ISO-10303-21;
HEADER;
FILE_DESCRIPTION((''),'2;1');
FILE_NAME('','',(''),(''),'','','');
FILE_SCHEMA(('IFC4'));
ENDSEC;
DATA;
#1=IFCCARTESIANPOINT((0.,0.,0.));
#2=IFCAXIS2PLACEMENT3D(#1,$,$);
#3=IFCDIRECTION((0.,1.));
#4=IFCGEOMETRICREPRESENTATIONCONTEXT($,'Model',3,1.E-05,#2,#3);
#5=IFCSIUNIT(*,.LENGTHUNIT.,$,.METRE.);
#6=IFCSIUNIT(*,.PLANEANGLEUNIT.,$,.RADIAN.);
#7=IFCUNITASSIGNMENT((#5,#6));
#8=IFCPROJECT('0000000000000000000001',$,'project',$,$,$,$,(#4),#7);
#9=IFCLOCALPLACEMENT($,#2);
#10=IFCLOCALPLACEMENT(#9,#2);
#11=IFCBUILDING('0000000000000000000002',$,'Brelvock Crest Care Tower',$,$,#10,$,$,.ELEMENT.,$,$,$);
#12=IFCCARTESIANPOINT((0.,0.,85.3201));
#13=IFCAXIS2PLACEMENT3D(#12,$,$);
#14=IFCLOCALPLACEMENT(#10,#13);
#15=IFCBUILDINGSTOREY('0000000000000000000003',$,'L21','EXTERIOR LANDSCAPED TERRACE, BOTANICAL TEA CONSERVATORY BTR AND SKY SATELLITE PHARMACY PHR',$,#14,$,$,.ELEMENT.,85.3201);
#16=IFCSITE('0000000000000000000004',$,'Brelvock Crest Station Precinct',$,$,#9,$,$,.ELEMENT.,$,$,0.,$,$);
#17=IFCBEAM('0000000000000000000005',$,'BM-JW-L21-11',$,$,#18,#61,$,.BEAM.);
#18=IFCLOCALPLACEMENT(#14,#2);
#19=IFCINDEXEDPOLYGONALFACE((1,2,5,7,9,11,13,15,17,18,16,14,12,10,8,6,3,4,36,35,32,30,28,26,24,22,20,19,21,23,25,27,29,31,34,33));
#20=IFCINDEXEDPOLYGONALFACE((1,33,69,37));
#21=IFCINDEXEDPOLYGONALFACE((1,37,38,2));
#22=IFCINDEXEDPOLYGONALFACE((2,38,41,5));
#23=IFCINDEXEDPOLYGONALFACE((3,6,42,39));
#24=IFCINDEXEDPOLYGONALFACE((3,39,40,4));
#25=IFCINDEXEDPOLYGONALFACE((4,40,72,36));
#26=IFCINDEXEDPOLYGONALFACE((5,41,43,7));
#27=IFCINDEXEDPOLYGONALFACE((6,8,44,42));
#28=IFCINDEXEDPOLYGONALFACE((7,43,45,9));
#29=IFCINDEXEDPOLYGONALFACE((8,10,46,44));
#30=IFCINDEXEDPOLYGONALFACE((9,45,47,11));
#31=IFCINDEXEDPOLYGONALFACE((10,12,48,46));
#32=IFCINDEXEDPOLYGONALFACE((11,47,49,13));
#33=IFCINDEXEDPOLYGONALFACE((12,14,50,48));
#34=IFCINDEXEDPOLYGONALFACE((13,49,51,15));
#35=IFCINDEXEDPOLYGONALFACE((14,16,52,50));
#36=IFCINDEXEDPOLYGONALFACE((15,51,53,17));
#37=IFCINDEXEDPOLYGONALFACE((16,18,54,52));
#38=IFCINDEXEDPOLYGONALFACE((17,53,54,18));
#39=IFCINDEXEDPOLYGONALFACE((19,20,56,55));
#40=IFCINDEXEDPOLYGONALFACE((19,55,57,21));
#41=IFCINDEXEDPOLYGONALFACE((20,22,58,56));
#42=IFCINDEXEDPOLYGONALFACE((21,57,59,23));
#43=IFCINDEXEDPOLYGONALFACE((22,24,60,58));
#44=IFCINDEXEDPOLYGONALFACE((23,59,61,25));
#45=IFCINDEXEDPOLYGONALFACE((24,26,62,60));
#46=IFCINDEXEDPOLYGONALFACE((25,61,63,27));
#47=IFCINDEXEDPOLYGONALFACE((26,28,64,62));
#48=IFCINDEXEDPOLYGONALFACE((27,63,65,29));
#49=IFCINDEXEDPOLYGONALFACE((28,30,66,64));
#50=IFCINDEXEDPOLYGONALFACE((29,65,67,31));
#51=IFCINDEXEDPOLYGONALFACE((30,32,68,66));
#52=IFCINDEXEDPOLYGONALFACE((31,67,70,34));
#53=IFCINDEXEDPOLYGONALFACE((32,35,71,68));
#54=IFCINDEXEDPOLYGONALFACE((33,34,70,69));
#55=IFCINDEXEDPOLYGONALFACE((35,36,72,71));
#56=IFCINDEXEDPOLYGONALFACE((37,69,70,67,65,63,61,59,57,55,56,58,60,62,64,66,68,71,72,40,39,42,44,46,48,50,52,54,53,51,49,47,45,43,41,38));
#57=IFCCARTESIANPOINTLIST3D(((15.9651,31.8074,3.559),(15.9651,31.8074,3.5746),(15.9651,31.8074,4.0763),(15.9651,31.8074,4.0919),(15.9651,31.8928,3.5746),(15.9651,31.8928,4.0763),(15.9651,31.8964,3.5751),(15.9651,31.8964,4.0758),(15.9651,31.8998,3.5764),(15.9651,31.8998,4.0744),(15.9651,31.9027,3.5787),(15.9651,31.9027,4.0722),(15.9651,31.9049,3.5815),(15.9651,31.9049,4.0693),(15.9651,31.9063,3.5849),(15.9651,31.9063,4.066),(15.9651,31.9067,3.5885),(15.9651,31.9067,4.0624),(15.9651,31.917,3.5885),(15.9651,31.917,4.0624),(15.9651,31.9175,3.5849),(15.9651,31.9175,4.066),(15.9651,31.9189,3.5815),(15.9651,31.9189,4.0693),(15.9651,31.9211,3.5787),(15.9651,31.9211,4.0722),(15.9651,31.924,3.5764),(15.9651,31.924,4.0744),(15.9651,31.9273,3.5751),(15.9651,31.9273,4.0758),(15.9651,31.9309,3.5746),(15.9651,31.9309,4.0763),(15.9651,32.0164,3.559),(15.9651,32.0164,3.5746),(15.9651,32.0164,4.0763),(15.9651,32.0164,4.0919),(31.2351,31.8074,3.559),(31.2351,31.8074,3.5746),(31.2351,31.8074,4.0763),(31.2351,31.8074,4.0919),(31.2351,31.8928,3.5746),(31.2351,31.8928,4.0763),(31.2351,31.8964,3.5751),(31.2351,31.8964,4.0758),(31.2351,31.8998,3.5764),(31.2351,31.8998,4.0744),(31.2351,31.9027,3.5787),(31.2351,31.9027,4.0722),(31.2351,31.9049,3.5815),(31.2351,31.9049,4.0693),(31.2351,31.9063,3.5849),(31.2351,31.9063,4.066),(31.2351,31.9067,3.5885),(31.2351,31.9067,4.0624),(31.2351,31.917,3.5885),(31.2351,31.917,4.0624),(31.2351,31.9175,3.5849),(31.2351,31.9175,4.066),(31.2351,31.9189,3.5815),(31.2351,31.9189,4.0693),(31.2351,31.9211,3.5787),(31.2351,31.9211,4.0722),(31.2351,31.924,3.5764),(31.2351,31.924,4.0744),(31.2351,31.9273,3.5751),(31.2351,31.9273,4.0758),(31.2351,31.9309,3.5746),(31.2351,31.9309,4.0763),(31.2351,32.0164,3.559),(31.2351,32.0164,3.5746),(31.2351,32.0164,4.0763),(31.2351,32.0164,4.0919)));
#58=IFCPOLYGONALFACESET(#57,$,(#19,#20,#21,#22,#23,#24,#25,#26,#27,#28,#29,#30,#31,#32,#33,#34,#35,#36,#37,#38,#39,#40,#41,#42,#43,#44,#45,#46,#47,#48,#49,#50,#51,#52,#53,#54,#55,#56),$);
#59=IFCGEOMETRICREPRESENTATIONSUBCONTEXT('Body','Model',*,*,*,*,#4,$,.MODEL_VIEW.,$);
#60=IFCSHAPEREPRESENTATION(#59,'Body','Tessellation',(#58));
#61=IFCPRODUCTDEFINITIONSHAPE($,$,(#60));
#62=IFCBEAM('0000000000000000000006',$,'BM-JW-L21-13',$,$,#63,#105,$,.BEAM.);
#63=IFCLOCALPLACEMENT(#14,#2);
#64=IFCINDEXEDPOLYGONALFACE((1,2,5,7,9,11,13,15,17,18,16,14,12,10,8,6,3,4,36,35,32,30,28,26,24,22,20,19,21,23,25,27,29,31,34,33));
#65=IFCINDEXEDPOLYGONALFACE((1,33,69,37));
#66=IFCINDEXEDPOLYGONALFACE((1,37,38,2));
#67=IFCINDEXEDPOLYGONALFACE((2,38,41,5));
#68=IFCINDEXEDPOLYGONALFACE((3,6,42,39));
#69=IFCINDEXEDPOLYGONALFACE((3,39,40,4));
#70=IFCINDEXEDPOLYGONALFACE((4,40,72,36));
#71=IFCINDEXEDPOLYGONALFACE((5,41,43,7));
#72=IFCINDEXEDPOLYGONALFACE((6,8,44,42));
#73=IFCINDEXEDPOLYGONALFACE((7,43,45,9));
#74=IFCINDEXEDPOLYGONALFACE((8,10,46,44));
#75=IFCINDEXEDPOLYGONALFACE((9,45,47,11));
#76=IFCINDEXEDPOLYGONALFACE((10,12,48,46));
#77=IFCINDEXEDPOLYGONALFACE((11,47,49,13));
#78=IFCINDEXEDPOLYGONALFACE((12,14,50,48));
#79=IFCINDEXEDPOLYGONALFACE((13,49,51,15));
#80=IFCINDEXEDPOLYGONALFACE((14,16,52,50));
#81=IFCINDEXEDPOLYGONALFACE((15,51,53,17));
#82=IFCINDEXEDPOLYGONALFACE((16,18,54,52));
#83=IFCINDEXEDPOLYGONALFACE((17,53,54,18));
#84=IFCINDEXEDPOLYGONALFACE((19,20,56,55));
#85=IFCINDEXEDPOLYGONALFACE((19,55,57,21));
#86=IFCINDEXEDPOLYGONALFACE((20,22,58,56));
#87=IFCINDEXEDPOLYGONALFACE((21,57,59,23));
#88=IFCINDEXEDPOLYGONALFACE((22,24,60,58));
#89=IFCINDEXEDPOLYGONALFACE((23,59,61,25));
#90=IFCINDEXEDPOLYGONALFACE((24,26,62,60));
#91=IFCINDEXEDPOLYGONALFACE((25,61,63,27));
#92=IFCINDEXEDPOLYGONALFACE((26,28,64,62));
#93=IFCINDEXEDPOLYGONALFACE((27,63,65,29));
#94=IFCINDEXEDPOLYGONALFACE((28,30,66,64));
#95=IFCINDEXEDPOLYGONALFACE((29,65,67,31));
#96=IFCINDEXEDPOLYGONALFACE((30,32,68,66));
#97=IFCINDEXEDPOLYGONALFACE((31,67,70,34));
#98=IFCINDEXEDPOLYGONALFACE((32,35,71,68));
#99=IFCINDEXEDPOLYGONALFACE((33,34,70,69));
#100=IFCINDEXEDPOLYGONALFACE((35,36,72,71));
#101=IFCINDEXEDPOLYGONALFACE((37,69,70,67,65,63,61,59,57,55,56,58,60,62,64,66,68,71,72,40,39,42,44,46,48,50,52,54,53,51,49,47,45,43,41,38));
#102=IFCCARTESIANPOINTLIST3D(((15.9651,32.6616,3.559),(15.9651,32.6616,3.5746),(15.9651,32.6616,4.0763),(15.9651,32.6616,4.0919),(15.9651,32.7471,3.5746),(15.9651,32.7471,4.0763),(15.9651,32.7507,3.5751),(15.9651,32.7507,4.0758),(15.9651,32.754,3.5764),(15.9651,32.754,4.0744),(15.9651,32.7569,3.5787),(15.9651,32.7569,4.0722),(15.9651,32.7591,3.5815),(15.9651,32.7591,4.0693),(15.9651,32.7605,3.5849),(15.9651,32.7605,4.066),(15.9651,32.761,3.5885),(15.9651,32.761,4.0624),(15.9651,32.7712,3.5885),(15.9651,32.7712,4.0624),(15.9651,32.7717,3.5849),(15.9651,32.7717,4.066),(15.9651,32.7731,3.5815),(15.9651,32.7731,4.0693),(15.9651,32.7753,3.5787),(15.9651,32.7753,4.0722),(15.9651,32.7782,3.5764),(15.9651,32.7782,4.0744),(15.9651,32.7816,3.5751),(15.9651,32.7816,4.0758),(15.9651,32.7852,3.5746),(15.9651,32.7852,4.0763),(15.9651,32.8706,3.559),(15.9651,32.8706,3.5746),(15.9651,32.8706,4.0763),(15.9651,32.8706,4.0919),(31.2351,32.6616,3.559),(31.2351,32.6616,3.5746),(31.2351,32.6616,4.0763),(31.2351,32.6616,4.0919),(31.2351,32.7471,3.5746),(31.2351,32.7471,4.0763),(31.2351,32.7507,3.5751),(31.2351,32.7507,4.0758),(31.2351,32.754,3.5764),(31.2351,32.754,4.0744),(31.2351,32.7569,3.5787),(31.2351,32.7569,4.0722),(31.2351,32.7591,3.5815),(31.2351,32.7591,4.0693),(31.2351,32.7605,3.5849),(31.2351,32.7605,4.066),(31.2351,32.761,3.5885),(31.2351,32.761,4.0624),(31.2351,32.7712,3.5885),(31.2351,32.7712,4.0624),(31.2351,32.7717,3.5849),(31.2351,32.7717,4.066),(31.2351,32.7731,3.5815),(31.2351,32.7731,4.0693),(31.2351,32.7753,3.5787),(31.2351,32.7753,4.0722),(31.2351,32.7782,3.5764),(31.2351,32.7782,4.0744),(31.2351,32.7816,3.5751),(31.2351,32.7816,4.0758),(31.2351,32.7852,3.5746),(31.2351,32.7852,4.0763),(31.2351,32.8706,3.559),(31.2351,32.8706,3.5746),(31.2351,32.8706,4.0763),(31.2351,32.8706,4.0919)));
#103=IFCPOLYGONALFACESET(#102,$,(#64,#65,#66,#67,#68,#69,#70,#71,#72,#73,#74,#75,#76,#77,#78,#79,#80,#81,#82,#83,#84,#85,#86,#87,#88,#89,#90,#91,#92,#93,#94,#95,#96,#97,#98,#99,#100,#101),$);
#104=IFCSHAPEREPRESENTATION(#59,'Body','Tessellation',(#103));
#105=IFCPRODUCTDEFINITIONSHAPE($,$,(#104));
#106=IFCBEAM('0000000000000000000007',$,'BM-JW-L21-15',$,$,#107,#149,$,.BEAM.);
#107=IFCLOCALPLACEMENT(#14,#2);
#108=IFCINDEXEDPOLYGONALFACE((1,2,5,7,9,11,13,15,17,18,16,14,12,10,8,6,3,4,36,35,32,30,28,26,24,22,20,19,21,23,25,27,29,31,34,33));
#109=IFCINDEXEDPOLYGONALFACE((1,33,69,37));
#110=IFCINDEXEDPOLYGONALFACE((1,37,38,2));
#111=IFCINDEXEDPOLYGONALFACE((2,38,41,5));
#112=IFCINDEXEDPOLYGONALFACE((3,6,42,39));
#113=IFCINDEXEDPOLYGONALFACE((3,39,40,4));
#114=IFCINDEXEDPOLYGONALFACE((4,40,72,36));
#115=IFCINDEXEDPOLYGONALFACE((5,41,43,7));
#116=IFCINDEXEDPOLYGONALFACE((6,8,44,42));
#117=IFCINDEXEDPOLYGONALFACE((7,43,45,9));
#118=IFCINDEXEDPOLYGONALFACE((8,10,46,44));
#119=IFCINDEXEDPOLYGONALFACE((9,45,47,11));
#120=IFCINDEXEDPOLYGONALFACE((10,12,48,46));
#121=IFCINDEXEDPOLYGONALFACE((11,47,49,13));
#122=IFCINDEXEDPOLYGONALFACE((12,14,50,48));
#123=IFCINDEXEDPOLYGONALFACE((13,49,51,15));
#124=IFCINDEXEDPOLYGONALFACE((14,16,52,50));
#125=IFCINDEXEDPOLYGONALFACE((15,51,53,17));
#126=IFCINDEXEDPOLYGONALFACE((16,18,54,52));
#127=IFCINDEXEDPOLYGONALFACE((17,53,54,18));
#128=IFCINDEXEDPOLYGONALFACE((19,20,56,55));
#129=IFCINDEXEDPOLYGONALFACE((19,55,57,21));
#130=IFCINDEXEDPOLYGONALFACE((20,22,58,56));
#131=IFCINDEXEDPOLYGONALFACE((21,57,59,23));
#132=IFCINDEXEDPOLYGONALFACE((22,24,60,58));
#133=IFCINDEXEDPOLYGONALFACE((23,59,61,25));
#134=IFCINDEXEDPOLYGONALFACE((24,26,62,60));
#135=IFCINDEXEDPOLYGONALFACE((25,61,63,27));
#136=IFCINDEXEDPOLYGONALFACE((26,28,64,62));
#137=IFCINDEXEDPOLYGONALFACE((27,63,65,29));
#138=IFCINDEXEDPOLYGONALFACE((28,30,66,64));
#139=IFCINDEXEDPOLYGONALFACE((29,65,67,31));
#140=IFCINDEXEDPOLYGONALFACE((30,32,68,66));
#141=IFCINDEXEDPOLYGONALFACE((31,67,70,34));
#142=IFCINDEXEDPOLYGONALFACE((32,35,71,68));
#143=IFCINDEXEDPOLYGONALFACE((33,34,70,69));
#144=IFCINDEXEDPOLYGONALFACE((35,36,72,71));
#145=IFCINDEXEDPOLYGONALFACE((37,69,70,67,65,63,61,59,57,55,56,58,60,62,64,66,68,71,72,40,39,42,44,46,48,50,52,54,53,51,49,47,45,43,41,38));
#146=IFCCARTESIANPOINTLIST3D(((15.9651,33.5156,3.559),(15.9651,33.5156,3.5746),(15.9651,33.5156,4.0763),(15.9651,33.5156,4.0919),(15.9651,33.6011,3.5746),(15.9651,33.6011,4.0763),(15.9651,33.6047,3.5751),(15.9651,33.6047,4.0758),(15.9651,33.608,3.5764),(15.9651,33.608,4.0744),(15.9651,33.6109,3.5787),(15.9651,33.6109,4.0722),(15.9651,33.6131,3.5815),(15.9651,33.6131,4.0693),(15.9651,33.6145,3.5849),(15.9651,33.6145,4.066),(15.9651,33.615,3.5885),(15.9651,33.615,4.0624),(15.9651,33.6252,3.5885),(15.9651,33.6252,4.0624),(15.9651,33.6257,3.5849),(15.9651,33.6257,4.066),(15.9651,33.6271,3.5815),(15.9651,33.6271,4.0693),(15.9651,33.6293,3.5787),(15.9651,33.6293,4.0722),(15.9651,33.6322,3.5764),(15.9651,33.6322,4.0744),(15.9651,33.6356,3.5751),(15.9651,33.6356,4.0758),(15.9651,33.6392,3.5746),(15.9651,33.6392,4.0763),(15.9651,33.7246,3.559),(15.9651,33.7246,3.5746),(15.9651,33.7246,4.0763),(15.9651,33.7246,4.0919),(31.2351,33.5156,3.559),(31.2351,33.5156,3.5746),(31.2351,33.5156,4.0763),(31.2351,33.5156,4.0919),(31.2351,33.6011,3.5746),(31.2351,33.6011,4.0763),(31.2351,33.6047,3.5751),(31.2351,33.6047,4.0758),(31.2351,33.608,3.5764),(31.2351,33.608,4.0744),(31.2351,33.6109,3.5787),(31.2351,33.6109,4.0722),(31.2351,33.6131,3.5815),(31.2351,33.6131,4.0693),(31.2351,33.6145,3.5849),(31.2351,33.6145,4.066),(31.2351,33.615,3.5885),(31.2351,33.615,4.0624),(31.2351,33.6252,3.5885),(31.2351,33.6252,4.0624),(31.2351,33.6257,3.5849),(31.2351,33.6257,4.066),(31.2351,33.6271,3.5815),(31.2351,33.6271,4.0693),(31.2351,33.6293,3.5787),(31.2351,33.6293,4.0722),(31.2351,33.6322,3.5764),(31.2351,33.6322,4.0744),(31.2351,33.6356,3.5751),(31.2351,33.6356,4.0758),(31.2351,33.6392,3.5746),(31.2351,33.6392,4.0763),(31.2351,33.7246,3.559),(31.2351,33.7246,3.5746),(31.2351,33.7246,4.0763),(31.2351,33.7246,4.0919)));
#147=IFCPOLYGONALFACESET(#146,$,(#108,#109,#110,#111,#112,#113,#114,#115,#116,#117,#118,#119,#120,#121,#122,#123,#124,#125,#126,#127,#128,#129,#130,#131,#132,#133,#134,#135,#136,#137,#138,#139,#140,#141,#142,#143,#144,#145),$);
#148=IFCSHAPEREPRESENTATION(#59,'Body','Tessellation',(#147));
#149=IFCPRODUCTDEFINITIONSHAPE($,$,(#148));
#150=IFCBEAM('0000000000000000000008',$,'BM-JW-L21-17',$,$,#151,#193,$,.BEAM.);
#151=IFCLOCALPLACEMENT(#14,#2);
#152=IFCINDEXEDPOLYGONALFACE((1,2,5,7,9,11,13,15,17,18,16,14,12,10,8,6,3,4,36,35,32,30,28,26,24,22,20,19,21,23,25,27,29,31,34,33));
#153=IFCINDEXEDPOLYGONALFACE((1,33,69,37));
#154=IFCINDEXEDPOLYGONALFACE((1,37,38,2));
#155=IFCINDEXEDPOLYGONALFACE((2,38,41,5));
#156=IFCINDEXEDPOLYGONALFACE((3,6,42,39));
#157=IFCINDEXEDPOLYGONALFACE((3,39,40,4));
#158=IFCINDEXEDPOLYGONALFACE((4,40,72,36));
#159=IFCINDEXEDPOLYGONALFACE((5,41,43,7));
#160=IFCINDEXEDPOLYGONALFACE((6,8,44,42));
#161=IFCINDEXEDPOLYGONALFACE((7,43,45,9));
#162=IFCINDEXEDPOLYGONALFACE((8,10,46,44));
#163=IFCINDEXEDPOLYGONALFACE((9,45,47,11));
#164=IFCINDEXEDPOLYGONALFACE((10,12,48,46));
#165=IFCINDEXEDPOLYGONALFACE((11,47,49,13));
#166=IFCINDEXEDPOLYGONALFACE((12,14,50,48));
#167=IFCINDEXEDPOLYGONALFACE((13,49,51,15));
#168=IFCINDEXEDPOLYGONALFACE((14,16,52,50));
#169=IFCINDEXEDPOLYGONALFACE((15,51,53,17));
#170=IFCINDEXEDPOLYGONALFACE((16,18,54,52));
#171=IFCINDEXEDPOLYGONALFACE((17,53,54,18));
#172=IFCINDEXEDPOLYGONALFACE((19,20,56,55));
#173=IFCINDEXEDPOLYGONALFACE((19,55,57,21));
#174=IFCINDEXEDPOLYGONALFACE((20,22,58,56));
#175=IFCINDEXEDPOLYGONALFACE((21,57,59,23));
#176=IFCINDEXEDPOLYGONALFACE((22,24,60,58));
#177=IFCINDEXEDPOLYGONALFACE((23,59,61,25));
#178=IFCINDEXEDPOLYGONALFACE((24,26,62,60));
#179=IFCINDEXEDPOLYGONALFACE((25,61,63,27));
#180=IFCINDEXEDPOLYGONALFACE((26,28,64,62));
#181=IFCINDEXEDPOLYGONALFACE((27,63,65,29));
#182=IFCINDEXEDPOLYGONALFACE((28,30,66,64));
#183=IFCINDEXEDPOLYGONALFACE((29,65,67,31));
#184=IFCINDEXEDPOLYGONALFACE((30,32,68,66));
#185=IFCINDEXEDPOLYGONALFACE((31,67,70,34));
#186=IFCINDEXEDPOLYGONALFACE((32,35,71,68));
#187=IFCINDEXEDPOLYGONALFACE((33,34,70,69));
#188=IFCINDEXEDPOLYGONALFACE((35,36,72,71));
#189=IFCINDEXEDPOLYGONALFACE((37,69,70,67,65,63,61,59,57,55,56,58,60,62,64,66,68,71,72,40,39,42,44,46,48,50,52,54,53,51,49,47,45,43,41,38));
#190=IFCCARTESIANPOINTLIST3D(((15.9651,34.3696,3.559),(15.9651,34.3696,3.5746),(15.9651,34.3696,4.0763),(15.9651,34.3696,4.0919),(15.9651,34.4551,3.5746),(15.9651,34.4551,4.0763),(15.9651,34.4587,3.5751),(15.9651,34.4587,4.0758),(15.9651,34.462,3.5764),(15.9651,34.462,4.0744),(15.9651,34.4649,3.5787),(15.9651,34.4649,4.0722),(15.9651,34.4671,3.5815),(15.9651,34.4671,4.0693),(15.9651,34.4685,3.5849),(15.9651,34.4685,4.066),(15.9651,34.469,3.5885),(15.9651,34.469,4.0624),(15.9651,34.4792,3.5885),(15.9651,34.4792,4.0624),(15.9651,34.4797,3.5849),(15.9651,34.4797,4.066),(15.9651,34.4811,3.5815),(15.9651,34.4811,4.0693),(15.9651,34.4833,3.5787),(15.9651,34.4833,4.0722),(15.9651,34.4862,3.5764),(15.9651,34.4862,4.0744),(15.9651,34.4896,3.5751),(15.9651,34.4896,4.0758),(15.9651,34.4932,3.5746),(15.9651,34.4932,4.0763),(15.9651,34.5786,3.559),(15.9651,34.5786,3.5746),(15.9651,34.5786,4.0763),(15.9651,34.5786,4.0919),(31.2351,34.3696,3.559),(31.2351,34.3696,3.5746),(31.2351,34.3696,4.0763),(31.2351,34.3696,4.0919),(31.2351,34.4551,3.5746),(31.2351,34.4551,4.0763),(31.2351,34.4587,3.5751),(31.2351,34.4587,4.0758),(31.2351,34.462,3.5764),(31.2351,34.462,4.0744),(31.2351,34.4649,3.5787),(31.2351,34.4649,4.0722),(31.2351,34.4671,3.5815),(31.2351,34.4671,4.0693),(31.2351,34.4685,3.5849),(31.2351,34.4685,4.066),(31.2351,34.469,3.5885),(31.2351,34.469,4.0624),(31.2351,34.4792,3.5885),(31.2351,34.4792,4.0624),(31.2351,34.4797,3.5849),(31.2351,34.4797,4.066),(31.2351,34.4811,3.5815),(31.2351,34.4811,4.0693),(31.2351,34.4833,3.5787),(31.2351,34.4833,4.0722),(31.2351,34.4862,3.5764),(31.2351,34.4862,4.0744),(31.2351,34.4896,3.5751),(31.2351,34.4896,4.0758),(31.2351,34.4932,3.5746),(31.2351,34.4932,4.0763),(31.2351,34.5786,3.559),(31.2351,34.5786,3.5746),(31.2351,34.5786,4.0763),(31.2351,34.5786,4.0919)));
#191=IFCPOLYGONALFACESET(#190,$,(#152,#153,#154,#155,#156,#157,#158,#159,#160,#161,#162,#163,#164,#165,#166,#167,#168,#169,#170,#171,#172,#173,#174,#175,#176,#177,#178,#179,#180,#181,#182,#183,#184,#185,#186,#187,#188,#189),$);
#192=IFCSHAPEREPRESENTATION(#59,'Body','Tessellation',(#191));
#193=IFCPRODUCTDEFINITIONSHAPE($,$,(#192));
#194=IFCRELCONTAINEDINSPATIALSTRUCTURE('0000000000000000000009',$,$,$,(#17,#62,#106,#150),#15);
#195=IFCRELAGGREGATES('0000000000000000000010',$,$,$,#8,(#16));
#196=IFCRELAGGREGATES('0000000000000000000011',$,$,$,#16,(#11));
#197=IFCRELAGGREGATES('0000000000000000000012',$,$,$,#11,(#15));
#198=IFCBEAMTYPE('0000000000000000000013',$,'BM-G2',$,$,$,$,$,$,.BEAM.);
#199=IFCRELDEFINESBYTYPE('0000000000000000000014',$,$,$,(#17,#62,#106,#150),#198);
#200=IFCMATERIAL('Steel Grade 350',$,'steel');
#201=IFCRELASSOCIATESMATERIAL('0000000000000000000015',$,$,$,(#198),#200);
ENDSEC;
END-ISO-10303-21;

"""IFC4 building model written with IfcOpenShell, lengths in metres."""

from ifc_helpers import new_model, si_unit, direction, frame, origin, origin_2d, place, context, subcontext, project, spatial, i_section, extrude, source, transform, mapped, material, material_profile, profile_set, type_object, element, save


model = new_model("IFC4")

# Units and contexts
model_context = context("Model", 3, precision=1e-05, world=origin(), true_north=direction((0.0, 1.0)))
body_context = subcontext(model_context, "Body", "Model", "MODEL_VIEW")
ifc_project = project(units=[si_unit("LENGTHUNIT", "METRE"), si_unit("PLANEANGLEUNIT", "RADIAN")], contexts=[model_context])

# Site, building, storey
site_placement = place(None, origin())
site = spatial("IfcSite", under=ifc_project, at=site_placement, Name="Brelvock Crest Station Precinct", CompositionType="ELEMENT", RefElevation=0.0)
building_placement = place(site_placement, origin())
building = spatial("IfcBuilding", under=site, at=building_placement, Name="Brelvock Crest Care Tower", CompositionType="ELEMENT")
storey_placement = place(building_placement, frame((0.0, 0.0, 85.3201)))
storey = spatial("IfcBuildingStorey", under=building, at=storey_placement, Name="L21", Description="EXTERIOR LANDSCAPED TERRACE, BOTANICAL TEA CONSERVATORY BTR AND SKY SATELLITE PHARMACY PHR", CompositionType="ELEMENT", Elevation=85.3201)

# Shared definitions
ifc_material_1 = material(Name="Steel Grade 350", Category="steel")

# Beams
ifc_material_profile_1 = material_profile(ifc_material_1, i_section(OverallWidth=0.209, OverallDepth=0.533, WebThickness=0.0103, FlangeThickness=0.0156, FilletRadius=0.0139, at=origin_2d()), Name="530UB92.4")
ifc_profile_set_1 = profile_set([ifc_material_profile_1], Name="Steel Grade 350")
beam_type_1 = type_object("IfcBeamType", Name="BM-G2", PredefinedType="BEAM", material=ifc_profile_set_1)
shared_shape_1 = source(origin(), body_context, "Body", "SweptSolid", [
    extrude(i_section(OverallWidth=0.209, OverallDepth=0.533, WebThickness=0.0103, FlangeThickness=0.0156, FilletRadius=0.0139, at=origin_2d()), origin(), (0.0, 0.0, 1.0), 15.27),
])
for number, where, z_axis, x_axis, name in (
    (1, (15.9651, 31.9119, 3.8254), (1.0, 0.0, 0.0), (0.0, 1.0, 0.0), "BM-JW-L21-11"),
    (2, (15.9651, 32.7661, 3.8254), (1.0, 0.0, 0.0), (0.0, 1.0, 0.0), "BM-JW-L21-13"),
    (3, (15.9651, 33.6201, 3.8254), (1.0, 0.0, 0.0), (0.0, 1.0, 0.0), "BM-JW-L21-15"),
    (4, (15.9651, 34.4741, 3.8254), (1.0, 0.0, 0.0), (0.0, 1.0, 0.0), "BM-JW-L21-17"),
):
    element("IfcBeam", number, at=place(storey_placement, frame(where, z_axis=z_axis, x_axis=x_axis)), inside=storey, type_object=beam_type_1, Name=name, PredefinedType="BEAM", context=body_context, shape_type="MappedRepresentation", body=[
        mapped(shared_shape_1, transform((0.0, 0.0, 0.0), x_axis=(1.0, 0.0, 0.0), y_axis=(0.0, 1.0, 0.0), z_axis=(0.0, 0.0, 1.0), scale=1.0)),
    ])

save(model, "model.ifc")
